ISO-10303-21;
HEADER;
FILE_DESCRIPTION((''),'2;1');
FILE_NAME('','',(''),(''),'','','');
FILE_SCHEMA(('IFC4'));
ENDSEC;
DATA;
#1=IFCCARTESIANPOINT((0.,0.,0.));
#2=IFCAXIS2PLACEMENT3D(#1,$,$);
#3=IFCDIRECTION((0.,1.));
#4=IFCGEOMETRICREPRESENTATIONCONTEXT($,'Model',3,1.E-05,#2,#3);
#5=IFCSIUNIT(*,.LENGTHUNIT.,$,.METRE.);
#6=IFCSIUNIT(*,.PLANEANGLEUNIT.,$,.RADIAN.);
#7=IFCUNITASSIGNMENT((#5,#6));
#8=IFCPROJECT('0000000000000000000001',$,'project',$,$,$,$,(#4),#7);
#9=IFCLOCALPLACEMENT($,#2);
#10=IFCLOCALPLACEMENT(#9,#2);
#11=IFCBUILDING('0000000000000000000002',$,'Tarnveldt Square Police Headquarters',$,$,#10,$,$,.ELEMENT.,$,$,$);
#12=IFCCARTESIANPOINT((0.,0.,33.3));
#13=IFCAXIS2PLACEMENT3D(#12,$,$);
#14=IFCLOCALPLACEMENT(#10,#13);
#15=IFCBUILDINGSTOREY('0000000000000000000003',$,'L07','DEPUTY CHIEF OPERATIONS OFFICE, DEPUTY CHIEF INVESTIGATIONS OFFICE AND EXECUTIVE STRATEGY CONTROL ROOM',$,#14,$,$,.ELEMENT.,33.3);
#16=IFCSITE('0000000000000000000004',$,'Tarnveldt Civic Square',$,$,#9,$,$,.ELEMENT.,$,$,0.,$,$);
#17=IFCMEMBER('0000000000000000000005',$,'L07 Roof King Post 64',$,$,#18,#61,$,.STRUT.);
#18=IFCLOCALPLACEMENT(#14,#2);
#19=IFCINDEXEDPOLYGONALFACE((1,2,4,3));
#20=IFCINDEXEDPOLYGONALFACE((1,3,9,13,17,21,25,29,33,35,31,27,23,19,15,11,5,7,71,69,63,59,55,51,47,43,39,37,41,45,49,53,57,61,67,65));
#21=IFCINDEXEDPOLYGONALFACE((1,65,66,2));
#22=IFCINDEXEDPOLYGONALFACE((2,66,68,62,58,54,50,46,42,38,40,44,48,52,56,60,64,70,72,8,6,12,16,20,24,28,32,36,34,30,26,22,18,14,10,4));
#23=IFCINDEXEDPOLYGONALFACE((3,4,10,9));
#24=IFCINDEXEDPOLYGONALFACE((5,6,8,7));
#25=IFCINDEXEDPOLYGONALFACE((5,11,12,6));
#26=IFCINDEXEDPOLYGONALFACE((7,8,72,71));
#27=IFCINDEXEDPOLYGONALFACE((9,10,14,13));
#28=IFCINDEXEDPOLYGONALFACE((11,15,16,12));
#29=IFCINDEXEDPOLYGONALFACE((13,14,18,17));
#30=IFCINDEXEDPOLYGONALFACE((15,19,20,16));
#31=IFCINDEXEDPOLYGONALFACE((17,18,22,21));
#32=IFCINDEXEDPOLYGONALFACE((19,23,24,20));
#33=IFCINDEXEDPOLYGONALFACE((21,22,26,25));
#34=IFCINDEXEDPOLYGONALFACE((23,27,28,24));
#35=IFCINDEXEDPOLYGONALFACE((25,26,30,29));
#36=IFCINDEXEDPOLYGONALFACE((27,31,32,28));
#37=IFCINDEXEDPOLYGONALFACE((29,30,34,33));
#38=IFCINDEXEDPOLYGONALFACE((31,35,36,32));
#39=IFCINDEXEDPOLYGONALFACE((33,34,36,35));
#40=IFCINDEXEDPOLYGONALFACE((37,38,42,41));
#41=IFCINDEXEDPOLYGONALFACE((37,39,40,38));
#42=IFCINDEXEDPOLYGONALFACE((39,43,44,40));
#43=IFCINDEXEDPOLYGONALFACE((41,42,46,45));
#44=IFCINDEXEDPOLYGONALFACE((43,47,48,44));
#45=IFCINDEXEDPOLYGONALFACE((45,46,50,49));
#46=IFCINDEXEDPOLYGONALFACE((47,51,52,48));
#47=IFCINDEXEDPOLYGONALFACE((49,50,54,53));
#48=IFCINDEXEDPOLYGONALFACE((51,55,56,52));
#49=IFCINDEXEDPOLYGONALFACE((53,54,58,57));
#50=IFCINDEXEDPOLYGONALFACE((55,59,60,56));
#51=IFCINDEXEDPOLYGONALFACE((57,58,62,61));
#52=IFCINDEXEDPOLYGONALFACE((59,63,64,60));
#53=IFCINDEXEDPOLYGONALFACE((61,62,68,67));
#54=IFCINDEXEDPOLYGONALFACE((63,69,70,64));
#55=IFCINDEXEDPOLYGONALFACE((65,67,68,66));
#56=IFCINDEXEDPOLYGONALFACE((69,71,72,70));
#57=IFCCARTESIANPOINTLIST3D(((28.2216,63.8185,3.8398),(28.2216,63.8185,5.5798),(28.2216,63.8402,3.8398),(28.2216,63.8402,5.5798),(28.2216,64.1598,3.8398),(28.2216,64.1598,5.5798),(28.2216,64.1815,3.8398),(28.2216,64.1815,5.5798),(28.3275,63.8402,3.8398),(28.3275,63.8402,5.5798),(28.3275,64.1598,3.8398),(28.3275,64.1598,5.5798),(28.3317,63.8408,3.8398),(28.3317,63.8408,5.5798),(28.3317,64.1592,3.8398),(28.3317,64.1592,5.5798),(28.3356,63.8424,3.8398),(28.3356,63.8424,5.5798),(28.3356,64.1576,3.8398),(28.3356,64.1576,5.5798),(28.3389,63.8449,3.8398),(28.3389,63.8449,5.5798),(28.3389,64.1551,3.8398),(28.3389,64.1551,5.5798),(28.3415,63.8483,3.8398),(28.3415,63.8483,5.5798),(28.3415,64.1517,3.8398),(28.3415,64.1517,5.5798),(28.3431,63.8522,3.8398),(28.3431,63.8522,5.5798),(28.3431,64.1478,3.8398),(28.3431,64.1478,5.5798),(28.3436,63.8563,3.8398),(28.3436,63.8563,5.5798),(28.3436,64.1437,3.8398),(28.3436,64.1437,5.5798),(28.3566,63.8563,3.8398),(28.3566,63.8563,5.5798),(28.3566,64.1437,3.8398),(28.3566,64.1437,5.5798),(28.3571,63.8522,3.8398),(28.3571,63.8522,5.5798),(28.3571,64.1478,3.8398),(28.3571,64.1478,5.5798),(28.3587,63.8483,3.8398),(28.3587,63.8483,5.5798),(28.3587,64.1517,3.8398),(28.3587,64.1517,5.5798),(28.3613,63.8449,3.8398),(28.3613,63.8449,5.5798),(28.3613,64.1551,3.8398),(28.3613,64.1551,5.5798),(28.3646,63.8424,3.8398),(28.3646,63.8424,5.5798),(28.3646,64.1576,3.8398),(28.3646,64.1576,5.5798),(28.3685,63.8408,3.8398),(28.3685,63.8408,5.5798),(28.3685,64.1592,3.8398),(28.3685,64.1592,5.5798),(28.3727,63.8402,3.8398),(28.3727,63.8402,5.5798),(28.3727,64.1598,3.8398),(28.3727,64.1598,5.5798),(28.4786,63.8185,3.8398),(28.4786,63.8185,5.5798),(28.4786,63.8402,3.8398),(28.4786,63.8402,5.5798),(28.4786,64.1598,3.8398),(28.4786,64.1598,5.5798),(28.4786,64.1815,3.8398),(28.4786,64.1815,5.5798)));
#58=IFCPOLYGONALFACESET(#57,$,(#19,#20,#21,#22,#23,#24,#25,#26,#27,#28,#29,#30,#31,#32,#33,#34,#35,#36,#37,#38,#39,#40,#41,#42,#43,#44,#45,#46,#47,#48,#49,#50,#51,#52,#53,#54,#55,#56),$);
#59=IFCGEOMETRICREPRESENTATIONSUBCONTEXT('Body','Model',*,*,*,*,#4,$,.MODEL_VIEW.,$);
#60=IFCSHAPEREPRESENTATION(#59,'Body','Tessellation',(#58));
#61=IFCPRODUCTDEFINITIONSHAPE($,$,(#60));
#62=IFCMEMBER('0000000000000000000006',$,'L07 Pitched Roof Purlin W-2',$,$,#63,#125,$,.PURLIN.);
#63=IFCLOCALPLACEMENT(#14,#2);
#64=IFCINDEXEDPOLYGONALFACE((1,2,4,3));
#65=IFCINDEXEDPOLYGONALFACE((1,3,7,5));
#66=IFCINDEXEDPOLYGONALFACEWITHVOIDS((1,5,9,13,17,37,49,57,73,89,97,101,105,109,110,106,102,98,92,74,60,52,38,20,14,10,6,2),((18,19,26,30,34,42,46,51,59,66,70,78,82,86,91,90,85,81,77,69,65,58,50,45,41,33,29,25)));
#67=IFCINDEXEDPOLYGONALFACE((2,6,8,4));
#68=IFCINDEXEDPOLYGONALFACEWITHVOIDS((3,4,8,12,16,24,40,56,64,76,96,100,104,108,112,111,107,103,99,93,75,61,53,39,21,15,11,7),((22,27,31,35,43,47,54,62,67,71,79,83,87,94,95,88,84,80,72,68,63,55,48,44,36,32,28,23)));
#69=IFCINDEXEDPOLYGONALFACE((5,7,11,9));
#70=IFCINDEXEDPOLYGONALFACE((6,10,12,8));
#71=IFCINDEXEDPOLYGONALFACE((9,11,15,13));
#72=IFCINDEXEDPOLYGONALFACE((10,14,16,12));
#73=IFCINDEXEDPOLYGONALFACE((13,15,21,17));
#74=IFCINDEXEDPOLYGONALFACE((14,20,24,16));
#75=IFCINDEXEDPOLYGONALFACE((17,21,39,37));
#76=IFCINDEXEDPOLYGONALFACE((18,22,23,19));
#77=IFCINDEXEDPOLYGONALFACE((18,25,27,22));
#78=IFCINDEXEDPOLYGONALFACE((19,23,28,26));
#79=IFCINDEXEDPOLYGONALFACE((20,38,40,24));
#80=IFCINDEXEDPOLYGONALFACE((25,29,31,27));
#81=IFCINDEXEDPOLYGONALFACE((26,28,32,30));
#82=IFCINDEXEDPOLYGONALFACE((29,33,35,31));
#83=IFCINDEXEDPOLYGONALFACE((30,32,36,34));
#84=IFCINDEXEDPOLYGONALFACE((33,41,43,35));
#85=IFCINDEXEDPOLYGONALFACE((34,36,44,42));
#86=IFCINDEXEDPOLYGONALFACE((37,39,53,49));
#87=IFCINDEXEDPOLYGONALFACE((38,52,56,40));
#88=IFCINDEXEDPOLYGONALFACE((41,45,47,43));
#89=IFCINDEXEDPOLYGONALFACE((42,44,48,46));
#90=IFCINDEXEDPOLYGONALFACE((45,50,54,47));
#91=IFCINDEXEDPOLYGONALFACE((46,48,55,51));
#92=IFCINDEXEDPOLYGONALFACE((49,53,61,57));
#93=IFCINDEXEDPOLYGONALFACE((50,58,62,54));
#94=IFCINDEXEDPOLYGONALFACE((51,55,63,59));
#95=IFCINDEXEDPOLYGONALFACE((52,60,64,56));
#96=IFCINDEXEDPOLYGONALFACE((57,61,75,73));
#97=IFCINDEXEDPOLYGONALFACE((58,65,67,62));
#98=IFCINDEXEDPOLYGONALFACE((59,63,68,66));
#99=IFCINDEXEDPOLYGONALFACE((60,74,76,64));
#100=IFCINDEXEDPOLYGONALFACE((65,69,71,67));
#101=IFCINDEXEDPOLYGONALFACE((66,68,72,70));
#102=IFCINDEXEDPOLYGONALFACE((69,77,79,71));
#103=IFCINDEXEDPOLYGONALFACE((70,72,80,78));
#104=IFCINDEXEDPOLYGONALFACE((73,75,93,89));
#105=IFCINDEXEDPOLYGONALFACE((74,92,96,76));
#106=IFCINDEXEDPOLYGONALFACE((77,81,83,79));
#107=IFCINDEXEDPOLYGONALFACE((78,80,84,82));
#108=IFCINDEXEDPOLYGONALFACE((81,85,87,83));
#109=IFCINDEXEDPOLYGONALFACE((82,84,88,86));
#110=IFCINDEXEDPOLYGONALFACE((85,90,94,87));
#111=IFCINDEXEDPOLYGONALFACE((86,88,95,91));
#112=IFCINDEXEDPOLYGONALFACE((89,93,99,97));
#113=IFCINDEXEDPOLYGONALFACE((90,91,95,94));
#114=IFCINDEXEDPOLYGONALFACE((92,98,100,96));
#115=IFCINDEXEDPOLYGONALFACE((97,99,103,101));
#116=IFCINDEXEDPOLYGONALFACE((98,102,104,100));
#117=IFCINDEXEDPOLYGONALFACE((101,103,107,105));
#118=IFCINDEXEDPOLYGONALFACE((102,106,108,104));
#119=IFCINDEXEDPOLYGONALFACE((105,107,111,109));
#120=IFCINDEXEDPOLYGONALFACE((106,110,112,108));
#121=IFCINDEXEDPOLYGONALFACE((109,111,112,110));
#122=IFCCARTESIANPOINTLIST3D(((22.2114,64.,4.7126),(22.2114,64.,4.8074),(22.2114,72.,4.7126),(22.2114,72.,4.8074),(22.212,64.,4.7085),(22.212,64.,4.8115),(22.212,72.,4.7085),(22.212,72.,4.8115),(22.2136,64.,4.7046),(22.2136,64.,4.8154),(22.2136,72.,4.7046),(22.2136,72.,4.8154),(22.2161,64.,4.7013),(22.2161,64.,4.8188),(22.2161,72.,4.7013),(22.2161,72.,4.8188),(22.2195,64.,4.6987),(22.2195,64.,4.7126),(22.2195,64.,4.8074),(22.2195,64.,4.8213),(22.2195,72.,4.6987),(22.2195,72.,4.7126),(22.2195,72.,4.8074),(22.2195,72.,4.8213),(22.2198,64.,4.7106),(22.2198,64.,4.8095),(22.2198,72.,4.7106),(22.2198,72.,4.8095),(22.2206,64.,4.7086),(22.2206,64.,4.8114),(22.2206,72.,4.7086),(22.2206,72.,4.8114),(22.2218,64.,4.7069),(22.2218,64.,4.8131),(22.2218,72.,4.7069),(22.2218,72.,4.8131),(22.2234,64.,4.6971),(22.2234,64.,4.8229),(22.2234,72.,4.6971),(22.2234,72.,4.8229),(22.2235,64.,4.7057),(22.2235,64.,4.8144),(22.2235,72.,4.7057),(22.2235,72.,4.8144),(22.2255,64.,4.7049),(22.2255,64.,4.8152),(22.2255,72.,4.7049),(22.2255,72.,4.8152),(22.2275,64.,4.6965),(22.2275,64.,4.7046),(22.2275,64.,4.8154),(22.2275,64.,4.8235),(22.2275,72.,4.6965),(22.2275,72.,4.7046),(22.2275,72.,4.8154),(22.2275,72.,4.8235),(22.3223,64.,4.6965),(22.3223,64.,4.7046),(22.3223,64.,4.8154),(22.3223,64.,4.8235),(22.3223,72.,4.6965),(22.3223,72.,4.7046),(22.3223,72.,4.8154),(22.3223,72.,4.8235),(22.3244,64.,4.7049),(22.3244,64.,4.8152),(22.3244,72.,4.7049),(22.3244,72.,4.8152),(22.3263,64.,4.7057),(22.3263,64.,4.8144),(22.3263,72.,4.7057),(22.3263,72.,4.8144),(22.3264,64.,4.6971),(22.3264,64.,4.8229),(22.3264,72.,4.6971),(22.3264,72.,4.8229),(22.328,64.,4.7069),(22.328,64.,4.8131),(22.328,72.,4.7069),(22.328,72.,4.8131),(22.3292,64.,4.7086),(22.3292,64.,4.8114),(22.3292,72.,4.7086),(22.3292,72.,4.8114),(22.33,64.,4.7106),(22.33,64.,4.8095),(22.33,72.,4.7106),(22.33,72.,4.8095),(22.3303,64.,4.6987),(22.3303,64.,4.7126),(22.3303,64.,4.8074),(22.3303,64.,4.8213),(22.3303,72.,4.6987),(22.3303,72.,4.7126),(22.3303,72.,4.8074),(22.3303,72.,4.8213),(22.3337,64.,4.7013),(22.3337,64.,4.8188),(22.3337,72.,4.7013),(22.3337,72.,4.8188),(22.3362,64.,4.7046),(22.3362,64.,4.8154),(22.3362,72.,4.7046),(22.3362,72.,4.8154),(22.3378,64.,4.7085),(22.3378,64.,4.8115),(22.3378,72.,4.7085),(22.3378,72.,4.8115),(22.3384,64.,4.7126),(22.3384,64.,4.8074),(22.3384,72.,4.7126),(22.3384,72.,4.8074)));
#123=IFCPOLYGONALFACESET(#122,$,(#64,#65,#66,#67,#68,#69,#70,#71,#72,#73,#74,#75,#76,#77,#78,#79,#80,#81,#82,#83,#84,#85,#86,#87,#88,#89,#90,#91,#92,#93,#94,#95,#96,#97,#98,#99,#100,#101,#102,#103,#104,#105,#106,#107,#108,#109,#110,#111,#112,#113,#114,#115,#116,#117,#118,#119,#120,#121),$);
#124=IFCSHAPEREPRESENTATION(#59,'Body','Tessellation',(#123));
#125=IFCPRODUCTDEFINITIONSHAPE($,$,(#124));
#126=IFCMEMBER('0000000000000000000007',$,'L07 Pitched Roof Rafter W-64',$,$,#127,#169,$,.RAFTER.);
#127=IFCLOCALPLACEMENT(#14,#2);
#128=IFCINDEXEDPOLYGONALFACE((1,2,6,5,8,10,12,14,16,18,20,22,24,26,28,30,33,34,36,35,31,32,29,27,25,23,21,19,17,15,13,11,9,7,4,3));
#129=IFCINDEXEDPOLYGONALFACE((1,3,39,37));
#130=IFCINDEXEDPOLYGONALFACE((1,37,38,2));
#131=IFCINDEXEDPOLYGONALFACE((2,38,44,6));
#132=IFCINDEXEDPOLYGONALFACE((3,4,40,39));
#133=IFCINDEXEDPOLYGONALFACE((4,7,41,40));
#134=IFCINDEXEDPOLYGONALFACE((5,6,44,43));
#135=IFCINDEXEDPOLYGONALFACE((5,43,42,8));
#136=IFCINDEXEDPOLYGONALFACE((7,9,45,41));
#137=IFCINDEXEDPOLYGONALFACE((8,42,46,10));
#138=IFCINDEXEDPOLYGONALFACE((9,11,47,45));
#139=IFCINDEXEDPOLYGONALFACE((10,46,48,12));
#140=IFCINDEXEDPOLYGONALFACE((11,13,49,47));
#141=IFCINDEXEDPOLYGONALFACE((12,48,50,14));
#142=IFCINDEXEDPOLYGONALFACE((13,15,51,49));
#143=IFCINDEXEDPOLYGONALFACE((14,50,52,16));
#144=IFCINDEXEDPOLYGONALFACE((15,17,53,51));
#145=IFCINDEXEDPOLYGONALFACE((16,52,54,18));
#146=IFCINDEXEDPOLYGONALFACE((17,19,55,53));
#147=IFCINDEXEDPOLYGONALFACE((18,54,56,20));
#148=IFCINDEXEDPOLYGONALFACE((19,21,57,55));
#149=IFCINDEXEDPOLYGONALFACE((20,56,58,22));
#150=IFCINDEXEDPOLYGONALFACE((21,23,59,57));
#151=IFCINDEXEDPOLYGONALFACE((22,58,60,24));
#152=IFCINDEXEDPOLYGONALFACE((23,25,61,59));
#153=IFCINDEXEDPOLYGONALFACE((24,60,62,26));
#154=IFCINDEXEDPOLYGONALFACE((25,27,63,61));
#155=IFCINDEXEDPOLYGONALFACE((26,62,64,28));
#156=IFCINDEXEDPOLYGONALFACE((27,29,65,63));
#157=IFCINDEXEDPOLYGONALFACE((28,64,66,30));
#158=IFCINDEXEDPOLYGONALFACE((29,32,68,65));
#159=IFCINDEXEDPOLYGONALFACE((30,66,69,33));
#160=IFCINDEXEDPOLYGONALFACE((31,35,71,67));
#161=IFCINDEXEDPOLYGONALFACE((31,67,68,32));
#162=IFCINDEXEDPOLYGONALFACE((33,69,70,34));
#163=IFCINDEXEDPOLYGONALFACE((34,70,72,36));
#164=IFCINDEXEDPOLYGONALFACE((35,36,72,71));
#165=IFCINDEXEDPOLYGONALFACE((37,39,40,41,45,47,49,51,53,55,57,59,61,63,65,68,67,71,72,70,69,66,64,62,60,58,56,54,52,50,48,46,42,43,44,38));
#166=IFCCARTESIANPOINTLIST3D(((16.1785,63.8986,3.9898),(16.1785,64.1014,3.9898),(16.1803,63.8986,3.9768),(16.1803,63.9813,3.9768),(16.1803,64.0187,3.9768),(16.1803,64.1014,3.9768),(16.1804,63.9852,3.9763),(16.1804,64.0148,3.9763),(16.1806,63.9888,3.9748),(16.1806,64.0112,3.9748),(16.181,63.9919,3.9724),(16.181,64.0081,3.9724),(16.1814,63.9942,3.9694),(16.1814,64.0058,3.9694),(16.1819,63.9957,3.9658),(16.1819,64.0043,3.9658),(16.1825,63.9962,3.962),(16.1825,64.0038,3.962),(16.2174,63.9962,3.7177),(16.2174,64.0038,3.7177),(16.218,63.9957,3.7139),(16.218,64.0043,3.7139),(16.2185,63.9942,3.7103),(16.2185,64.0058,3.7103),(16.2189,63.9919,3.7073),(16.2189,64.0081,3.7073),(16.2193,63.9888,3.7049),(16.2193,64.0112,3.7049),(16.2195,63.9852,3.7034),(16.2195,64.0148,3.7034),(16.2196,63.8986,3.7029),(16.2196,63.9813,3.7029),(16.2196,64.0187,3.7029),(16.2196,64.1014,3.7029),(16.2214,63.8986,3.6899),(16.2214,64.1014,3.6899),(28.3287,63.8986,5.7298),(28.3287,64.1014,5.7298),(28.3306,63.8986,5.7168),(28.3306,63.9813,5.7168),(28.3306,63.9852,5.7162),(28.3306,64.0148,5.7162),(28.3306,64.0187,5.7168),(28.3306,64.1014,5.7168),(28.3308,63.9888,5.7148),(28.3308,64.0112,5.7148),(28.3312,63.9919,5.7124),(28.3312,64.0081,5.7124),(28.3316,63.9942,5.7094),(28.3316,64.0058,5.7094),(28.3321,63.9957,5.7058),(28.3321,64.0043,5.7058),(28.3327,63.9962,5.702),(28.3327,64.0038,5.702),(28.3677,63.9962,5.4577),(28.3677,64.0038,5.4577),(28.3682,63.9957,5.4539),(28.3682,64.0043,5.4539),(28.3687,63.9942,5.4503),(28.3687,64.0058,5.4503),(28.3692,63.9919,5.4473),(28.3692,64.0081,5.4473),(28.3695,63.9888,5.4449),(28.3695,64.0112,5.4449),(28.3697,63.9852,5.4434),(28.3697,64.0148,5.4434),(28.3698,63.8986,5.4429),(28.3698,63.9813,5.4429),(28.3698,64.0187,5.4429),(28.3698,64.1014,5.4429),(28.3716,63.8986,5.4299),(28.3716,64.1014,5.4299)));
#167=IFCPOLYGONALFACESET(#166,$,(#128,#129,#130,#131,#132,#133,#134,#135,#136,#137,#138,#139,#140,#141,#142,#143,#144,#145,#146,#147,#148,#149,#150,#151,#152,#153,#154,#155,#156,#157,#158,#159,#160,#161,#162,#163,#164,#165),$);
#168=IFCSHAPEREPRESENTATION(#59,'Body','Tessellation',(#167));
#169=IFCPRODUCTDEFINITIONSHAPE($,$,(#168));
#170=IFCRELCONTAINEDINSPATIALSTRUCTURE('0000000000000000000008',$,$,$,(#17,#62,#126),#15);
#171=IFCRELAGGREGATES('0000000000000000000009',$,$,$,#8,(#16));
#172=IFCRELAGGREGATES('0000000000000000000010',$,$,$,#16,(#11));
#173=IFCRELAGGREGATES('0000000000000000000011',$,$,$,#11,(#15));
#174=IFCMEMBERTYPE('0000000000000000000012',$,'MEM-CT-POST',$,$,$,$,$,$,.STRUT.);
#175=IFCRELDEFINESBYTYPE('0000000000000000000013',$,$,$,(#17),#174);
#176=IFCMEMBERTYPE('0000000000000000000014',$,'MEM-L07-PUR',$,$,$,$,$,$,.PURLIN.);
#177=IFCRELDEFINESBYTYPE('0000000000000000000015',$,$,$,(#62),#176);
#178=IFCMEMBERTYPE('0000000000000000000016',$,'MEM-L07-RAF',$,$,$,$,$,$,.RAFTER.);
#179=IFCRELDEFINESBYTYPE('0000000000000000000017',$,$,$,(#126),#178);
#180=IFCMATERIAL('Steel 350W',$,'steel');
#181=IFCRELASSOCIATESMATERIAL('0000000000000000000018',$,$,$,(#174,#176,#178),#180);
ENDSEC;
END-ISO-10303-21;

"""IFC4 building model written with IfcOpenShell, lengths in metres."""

from ifc_helpers import new_model, si_unit, direction, frame, origin, origin_2d, place, context, subcontext, project, spatial, hollow_rectangle, i_section, extrude, material, material_profile, profile_set, type_object, element, save


model = new_model("IFC4")

# Units and contexts
model_context = context("Model", 3, precision=1e-05, world=origin(), true_north=direction((0.0, 1.0)))
body_context = subcontext(model_context, "Body", "Model", "MODEL_VIEW")
ifc_project = project(units=[si_unit("LENGTHUNIT", "METRE"), si_unit("PLANEANGLEUNIT", "RADIAN")], contexts=[model_context])

# Site, building, storey
site_placement = place(None, origin())
site = spatial("IfcSite", under=ifc_project, at=site_placement, Name="Tarnveldt Civic Square", CompositionType="ELEMENT", RefElevation=0.0)
building_placement = place(site_placement, origin())
building = spatial("IfcBuilding", under=site, at=building_placement, Name="Tarnveldt Square Police Headquarters", CompositionType="ELEMENT")
storey_placement = place(building_placement, frame((0.0, 0.0, 33.3)))
storey = spatial("IfcBuildingStorey", under=building, at=storey_placement, Name="L07", Description="DEPUTY CHIEF OPERATIONS OFFICE, DEPUTY CHIEF INVESTIGATIONS OFFICE AND EXECUTIVE STRATEGY CONTROL ROOM", CompositionType="ELEMENT", Elevation=33.3)

# Shared definitions
ifc_material_1 = material(Name="Steel 350W", Category="steel")

# Members
ifc_material_profile_1 = material_profile(ifc_material_1, i_section(OverallWidth=0.2571, OverallDepth=0.363, WebThickness=0.0129, FlangeThickness=0.0217, FilletRadius=0.0161, at=origin_2d()), Name="W360x122")
ifc_profile_set_1 = profile_set([ifc_material_profile_1], Name="Steel 350W")
member_type_1 = type_object("IfcMemberType", Name="MEM-CT-POST", PredefinedType="STRUT", material=ifc_profile_set_1)
member_1_placement = place(storey_placement, frame((28.3501, 64.0, 3.8398), z_axis=(0.0, 0.0, 1.0), x_axis=(1.0, 0.0, 0.0)))
element("IfcMember", 1, at=member_1_placement, inside=storey, type_object=member_type_1, Name="L07 Roof King Post 64", PredefinedType="STRUT", context=body_context, shape_type="SweptSolid", body=[
    extrude(i_section(OverallWidth=0.2571, OverallDepth=0.363, WebThickness=0.0129, FlangeThickness=0.0217, FilletRadius=0.0161, at=origin_2d()), origin(), (0.0, 0.0, 1.0), 1.74),
])
ifc_material_profile_2 = material_profile(ifc_material_1, hollow_rectangle(XDim=0.127, YDim=0.127, WallThickness=0.0081, InnerFilletRadius=0.0081, OuterFilletRadius=0.0161, at=origin_2d()), Name="HSS127x127x8.0")
ifc_profile_set_2 = profile_set([ifc_material_profile_2], Name="Steel 350W")
member_type_2 = type_object("IfcMemberType", Name="MEM-L07-PUR", PredefinedType="PURLIN", material=ifc_profile_set_2)
member_2_placement = place(storey_placement, frame((22.2749, 64.0, 4.76), z_axis=(0.0, 1.0, 0.0), x_axis=(-1.0, 0.0, 0.0)))
element("IfcMember", 2, at=member_2_placement, inside=storey, type_object=member_type_2, Name="L07 Pitched Roof Purlin W-2", PredefinedType="PURLIN", context=body_context, shape_type="SweptSolid", body=[
    extrude(hollow_rectangle(XDim=0.127, YDim=0.127, WallThickness=0.0081, InnerFilletRadius=0.0081, OuterFilletRadius=0.0161, at=origin_2d()), origin(), (0.0, 0.0, 1.0), 8.0),
])
ifc_material_profile_3 = material_profile(ifc_material_1, i_section(OverallWidth=0.2029, OverallDepth=0.303, WebThickness=0.0076, FlangeThickness=0.0132, FilletRadius=0.0149, at=origin_2d()), Name="W310x60")
ifc_profile_set_3 = profile_set([ifc_material_profile_3], Name="Steel 350W")
member_type_3 = type_object("IfcMemberType", Name="MEM-L07-RAF", PredefinedType="RAFTER", material=ifc_profile_set_3)
member_3_placement = place(storey_placement, frame((16.2, 64.0, 3.8398), z_axis=(0.989901, 0.0, 0.141761), x_axis=(0.0, 1.0, 0.0)))
element("IfcMember", 3, at=member_3_placement, inside=storey, type_object=member_type_3, Name="L07 Pitched Roof Rafter W-64", PredefinedType="RAFTER", context=body_context, shape_type="SweptSolid", body=[
    extrude(i_section(OverallWidth=0.2029, OverallDepth=0.303, WebThickness=0.0076, FlangeThickness=0.0132, FilletRadius=0.0149, at=origin_2d()), origin(), (0.0, 0.0, 1.0), 12.2742),
])

save(model, "model.ifc")
